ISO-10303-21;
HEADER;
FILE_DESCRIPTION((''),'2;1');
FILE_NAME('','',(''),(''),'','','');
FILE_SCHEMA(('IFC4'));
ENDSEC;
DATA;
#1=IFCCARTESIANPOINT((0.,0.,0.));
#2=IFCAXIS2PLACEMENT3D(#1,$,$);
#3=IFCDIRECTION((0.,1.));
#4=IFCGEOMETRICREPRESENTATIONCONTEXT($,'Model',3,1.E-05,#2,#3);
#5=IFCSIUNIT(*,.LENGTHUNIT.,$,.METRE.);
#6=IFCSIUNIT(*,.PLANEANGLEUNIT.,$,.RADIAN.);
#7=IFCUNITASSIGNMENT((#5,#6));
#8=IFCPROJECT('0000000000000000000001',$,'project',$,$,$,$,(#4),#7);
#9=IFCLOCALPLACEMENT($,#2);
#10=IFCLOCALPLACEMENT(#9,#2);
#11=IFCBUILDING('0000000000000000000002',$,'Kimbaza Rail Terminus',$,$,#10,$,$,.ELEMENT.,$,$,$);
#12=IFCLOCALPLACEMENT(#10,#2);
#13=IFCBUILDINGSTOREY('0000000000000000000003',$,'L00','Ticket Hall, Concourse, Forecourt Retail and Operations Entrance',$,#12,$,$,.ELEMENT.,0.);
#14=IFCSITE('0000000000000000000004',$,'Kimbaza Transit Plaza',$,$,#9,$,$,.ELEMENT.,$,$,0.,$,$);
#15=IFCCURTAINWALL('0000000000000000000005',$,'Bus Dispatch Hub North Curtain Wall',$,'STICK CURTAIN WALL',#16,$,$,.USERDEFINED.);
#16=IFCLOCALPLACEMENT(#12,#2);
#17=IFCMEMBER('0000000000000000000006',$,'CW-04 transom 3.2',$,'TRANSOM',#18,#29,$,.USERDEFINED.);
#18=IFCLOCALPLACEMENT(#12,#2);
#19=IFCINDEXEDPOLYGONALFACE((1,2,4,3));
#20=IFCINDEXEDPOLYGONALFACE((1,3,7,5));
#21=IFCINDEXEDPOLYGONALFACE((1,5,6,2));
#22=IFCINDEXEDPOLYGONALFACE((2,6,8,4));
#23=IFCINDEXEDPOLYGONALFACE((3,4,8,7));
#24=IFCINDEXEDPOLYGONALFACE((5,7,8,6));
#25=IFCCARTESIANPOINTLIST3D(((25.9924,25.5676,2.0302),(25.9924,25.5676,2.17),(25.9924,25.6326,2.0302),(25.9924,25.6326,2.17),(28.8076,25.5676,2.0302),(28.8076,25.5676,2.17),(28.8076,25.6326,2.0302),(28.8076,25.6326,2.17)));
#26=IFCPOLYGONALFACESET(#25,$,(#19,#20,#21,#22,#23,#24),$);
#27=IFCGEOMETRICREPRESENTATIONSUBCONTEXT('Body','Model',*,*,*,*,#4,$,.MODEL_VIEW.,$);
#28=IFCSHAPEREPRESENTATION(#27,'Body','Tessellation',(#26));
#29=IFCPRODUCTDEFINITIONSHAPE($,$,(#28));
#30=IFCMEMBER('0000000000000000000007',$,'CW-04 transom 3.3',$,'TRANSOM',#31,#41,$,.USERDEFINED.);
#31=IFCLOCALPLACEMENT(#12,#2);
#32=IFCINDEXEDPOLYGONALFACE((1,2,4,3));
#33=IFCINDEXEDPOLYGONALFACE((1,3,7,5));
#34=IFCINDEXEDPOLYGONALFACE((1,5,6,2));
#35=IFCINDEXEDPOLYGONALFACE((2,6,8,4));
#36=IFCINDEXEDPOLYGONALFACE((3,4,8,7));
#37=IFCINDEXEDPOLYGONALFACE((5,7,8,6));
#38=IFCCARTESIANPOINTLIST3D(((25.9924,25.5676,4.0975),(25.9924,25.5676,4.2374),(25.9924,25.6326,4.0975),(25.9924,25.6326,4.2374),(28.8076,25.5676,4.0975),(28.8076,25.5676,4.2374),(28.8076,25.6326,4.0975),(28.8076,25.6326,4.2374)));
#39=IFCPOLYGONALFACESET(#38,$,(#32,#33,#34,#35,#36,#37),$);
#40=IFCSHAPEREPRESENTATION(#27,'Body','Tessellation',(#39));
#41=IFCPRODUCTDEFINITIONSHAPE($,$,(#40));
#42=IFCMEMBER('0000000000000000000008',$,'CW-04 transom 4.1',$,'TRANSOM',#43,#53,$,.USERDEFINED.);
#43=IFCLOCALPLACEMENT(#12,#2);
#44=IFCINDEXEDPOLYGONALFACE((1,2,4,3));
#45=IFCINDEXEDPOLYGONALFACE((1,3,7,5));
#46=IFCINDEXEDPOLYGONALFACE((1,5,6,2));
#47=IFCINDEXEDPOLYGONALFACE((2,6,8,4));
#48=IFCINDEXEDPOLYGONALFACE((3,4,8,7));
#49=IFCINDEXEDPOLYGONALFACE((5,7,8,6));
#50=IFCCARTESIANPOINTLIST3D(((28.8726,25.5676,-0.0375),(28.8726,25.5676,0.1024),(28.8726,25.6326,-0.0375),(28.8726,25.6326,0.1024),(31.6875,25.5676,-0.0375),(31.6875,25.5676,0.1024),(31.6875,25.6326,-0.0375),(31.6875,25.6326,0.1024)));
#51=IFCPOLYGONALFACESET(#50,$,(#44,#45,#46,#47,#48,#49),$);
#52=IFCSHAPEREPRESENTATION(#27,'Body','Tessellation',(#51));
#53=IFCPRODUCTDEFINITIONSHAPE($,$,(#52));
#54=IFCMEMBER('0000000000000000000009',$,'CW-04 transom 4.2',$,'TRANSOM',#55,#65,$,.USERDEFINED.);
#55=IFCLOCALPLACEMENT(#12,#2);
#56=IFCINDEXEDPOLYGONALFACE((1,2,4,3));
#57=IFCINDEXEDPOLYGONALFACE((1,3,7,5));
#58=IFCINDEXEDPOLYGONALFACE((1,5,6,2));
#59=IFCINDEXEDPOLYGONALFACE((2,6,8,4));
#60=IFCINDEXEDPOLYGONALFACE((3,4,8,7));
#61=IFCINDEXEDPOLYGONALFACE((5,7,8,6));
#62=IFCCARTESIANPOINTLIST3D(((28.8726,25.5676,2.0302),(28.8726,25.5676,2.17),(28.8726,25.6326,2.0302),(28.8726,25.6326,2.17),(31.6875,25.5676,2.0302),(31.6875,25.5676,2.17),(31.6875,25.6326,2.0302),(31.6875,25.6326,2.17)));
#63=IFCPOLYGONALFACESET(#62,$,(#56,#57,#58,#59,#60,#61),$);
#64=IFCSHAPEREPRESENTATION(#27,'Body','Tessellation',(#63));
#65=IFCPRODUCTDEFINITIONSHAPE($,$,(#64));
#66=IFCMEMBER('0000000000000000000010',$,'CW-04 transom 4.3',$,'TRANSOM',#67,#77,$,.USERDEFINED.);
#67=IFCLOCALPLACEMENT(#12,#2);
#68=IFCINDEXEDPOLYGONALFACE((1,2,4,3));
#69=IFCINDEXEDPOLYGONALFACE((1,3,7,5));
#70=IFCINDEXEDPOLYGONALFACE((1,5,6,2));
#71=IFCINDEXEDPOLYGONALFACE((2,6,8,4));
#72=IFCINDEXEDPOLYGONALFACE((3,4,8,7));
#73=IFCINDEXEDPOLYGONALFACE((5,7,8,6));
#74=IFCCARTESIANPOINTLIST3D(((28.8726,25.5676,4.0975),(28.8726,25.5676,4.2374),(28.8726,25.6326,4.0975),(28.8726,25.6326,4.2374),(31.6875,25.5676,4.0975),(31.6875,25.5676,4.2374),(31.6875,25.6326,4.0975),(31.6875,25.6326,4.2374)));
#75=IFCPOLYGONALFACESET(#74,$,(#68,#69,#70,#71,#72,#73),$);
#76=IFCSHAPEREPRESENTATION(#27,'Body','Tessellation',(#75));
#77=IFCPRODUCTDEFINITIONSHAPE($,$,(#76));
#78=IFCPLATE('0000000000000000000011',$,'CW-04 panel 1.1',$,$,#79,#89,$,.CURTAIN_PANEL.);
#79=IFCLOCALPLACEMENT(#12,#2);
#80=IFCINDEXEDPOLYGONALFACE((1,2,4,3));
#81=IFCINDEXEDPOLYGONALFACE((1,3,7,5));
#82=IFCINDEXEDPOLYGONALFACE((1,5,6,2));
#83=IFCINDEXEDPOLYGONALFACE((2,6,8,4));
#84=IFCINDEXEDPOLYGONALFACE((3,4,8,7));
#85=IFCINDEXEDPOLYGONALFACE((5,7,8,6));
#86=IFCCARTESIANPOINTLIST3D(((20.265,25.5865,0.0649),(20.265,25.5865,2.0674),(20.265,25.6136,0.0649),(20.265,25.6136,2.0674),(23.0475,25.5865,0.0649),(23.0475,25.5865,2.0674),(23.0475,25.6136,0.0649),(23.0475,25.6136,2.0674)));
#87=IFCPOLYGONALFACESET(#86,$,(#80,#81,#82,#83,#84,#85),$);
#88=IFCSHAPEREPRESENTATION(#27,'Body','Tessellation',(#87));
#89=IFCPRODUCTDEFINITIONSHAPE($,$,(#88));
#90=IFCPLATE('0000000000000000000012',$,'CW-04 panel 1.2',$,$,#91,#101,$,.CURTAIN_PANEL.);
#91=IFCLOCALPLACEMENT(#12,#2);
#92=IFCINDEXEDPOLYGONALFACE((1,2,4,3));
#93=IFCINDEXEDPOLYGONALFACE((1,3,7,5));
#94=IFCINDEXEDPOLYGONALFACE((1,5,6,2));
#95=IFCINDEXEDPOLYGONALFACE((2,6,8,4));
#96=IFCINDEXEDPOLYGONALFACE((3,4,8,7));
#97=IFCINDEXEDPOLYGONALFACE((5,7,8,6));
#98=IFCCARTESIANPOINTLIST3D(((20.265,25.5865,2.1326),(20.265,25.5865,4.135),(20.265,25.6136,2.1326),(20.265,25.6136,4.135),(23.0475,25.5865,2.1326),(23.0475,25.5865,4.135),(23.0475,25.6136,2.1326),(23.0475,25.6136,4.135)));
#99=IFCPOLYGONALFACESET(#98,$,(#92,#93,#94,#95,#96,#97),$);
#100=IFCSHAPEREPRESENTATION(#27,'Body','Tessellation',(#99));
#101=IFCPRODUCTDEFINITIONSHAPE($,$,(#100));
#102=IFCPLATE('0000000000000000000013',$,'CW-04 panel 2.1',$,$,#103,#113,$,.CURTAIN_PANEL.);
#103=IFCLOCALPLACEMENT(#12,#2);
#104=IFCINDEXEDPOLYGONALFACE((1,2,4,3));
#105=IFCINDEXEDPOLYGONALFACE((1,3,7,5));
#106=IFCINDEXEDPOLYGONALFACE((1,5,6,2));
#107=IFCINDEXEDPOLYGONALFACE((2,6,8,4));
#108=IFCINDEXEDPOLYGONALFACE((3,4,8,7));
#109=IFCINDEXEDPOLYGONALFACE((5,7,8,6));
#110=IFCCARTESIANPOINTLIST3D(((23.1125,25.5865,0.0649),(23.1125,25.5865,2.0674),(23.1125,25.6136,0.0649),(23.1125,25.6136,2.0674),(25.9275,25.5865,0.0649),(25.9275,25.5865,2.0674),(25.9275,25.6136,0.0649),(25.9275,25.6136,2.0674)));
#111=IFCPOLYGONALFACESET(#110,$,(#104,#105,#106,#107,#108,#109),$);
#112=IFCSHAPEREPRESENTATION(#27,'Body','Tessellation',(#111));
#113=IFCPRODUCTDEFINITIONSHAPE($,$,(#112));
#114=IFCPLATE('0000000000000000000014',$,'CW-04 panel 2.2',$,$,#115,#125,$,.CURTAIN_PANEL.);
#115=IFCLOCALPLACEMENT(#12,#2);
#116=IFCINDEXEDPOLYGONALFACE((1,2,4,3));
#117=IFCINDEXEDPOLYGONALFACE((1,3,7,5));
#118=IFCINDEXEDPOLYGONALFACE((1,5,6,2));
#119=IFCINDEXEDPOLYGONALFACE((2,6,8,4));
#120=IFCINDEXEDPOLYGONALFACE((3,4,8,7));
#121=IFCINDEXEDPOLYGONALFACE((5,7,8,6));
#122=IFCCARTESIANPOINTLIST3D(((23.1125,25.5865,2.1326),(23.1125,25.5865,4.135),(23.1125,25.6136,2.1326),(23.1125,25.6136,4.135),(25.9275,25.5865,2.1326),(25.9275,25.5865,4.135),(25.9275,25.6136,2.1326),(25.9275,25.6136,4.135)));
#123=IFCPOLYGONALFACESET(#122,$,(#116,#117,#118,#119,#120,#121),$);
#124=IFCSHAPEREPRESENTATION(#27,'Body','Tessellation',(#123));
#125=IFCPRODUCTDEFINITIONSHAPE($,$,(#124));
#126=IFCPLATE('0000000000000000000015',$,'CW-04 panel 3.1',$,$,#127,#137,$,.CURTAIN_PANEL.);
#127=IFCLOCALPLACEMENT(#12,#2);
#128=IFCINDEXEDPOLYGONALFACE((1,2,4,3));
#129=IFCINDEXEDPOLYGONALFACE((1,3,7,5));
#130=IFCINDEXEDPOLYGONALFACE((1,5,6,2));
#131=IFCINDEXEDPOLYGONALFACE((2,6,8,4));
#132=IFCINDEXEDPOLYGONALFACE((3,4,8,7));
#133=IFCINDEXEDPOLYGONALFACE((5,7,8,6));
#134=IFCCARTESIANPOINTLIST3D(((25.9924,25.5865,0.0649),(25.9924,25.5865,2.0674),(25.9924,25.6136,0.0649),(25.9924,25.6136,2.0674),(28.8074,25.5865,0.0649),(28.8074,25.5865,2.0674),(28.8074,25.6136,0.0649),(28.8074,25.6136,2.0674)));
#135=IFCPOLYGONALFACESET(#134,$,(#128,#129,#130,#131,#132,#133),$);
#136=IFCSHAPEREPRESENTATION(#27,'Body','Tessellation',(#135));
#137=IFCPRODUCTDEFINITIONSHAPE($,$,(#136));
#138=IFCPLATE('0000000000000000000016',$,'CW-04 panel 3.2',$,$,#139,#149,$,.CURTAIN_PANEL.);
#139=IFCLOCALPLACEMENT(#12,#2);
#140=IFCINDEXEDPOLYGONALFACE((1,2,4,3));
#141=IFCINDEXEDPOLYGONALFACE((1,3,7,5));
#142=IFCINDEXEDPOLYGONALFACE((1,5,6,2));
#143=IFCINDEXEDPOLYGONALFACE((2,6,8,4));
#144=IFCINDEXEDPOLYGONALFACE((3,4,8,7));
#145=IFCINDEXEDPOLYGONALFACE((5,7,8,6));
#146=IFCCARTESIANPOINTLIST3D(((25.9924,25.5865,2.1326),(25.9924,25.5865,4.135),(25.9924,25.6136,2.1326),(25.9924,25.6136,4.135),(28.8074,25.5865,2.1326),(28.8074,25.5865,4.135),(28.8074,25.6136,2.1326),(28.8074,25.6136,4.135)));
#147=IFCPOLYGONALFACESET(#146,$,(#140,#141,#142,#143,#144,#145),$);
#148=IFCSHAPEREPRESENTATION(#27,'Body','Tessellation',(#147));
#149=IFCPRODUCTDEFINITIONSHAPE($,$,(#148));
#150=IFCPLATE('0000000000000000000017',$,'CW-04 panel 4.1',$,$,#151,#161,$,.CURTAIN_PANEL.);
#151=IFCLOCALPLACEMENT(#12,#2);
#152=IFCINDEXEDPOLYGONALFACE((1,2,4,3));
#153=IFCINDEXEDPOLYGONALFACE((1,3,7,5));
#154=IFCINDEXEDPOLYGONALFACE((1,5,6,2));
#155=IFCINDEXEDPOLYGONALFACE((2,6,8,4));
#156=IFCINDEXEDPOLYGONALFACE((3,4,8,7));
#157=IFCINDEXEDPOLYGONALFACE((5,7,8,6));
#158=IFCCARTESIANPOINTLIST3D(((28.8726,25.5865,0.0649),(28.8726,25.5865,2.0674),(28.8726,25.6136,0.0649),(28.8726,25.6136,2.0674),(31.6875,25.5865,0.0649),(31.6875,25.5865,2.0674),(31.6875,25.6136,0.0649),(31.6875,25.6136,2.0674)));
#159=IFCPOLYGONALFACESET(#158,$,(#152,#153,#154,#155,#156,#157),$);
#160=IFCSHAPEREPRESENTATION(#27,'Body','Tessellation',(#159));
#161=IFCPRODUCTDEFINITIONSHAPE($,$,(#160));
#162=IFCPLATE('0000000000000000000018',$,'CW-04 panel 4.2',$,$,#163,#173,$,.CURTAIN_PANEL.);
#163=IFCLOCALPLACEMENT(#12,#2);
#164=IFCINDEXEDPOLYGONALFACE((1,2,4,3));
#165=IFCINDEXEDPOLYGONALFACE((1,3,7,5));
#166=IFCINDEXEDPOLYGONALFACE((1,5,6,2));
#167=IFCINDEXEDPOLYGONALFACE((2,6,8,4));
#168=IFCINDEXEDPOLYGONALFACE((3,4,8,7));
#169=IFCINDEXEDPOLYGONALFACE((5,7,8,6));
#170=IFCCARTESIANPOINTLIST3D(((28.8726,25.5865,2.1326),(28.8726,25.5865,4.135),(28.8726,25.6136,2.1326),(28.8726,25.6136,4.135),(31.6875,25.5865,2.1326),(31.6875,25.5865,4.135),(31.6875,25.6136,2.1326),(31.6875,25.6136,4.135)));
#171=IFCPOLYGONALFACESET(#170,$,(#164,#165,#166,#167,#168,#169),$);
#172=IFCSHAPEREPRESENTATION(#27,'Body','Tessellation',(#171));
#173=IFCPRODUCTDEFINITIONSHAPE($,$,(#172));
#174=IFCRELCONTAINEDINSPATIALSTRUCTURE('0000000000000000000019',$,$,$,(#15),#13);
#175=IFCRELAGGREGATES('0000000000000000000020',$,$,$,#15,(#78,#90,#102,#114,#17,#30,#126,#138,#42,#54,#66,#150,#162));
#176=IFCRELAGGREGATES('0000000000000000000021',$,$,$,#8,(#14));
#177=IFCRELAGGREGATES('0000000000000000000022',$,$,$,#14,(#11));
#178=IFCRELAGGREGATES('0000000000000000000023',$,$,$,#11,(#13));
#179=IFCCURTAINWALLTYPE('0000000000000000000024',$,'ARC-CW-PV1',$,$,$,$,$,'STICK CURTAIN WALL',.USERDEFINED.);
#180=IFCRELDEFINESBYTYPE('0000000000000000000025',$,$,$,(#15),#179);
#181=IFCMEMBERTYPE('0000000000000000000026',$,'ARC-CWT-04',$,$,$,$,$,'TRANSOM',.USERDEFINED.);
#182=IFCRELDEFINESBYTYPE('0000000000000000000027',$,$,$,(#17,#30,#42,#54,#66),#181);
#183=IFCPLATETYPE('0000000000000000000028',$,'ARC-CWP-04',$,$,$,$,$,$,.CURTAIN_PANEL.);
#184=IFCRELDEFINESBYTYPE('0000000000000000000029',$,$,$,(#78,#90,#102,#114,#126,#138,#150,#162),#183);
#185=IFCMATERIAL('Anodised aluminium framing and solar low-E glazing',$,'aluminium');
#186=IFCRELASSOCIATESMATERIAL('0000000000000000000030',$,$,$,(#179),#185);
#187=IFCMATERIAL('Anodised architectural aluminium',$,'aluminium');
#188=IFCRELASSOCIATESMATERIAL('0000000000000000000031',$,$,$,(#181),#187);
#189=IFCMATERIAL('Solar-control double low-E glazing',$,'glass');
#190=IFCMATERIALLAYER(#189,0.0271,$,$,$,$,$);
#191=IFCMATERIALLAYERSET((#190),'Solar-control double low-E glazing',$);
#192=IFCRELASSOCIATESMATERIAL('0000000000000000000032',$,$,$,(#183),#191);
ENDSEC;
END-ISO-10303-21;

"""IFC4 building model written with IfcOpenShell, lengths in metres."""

from ifc_helpers import new_model, si_unit, direction, frame, origin, origin_2d, place, context, subcontext, project, spatial, rectangle, extrude, material, layer, layer_set, material_profile, profile_set, type_object, element, aggregate, save


model = new_model("IFC4")

# Units and contexts
model_context = context("Model", 3, precision=1e-05, world=origin(), true_north=direction((0.0, 1.0)))
body_context = subcontext(model_context, "Body", "Model", "MODEL_VIEW")
ifc_project = project(units=[si_unit("LENGTHUNIT", "METRE"), si_unit("PLANEANGLEUNIT", "RADIAN")], contexts=[model_context])

# Site, building, storey
site_placement = place(None, origin())
site = spatial("IfcSite", under=ifc_project, at=site_placement, Name="Kimbaza Transit Plaza", CompositionType="ELEMENT", RefElevation=0.0)
building_placement = place(site_placement, origin())
building = spatial("IfcBuilding", under=site, at=building_placement, Name="Kimbaza Rail Terminus", CompositionType="ELEMENT")
storey_placement = place(building_placement, origin())
storey = spatial("IfcBuildingStorey", under=building, at=storey_placement, Name="L00", Description="Ticket Hall, Concourse, Forecourt Retail and Operations Entrance", CompositionType="ELEMENT", Elevation=0.0)

# Curtain wall, members, plates
ifc_material_1 = material(Name="Anodised aluminium framing and solar low-E glazing", Category="aluminium")
curtain_wall_type = type_object("IfcCurtainWallType", Name="ARC-CW-PV1", ElementType="STICK CURTAIN WALL", PredefinedType="USERDEFINED", material=ifc_material_1)
curtain_wall_placement = place(storey_placement, origin())
curtain_wall = element("IfcCurtainWall", 1, at=curtain_wall_placement, inside=storey, type_object=curtain_wall_type, Name="Bus Dispatch Hub North Curtain Wall", ObjectType="STICK CURTAIN WALL", PredefinedType="USERDEFINED")
ifc_material_2 = material(Name="Anodised architectural aluminium", Category="aluminium")
ifc_material_profile_1 = material_profile(ifc_material_2, rectangle(XDim=0.0649, YDim=0.1399, at=origin_2d()), Name="TRANSOM 65x140")
ifc_profile_set_1 = profile_set([ifc_material_profile_1], Name="Anodised architectural aluminium")
member_type_1 = type_object("IfcMemberType", Name="ARC-CWT-04", ElementType="TRANSOM", PredefinedType="USERDEFINED", material=ifc_profile_set_1)
member_1_placement = place(storey_placement, frame((25.9924, 25.6001, 2.1001), z_axis=(1.0, 0.0, 0.0), x_axis=(0.0, 1.0, 0.0)))
member_1 = element("IfcMember", 2, at=member_1_placement, type_object=member_type_1, Name="CW-04 transom 3.2", ObjectType="TRANSOM", PredefinedType="USERDEFINED", context=body_context, shape_type="SweptSolid", body=[
    extrude(rectangle(XDim=0.0649, YDim=0.1399, at=origin_2d()), origin(), (0.0, 0.0, 1.0), 2.8152),
])
member_2_placement = place(storey_placement, frame((25.9924, 25.6001, 4.1675), z_axis=(1.0, 0.0, 0.0), x_axis=(0.0, 1.0, 0.0)))
member_2 = element("IfcMember", 3, at=member_2_placement, type_object=member_type_1, Name="CW-04 transom 3.3", ObjectType="TRANSOM", PredefinedType="USERDEFINED", context=body_context, shape_type="SweptSolid", body=[
    extrude(rectangle(XDim=0.0649, YDim=0.1399, at=origin_2d()), origin(), (0.0, 0.0, 1.0), 2.8152),
])
member_3_placement = place(storey_placement, frame((28.8726, 25.6001, 0.0325), z_axis=(1.0, 0.0, 0.0), x_axis=(0.0, 1.0, 0.0)))
member_3 = element("IfcMember", 4, at=member_3_placement, type_object=member_type_1, Name="CW-04 transom 4.1", ObjectType="TRANSOM", PredefinedType="USERDEFINED", context=body_context, shape_type="SweptSolid", body=[
    extrude(rectangle(XDim=0.0649, YDim=0.1399, at=origin_2d()), origin(), (0.0, 0.0, 1.0), 2.8149),
])
member_4_placement = place(storey_placement, frame((28.8726, 25.6001, 2.1001), z_axis=(1.0, 0.0, 0.0), x_axis=(0.0, 1.0, 0.0)))
member_4 = element("IfcMember", 5, at=member_4_placement, type_object=member_type_1, Name="CW-04 transom 4.2", ObjectType="TRANSOM", PredefinedType="USERDEFINED", context=body_context, shape_type="SweptSolid", body=[
    extrude(rectangle(XDim=0.0649, YDim=0.1399, at=origin_2d()), origin(), (0.0, 0.0, 1.0), 2.8149),
])
member_5_placement = place(storey_placement, frame((28.8726, 25.6001, 4.1675), z_axis=(1.0, 0.0, 0.0), x_axis=(0.0, 1.0, 0.0)))
member_5 = element("IfcMember", 6, at=member_5_placement, type_object=member_type_1, Name="CW-04 transom 4.3", ObjectType="TRANSOM", PredefinedType="USERDEFINED", context=body_context, shape_type="SweptSolid", body=[
    extrude(rectangle(XDim=0.0649, YDim=0.1399, at=origin_2d()), origin(), (0.0, 0.0, 1.0), 2.8149),
])
ifc_material_3 = material(Name="Solar-control double low-E glazing", Category="glass")
ifc_layer_1 = layer(ifc_material_3, 0.0271)
ifc_layer_set_1 = layer_set([ifc_layer_1], Name="Solar-control double low-E glazing")
plate_type = type_object("IfcPlateType", Name="ARC-CWP-04", PredefinedType="CURTAIN_PANEL", material=ifc_layer_set_1)
plate_1_placement = place(storey_placement, frame((21.6562, 25.6001, 0.0649), z_axis=(0.0, 0.0, 1.0), x_axis=(1.0, 0.0, 0.0)))
plate_1 = element("IfcPlate", 7, at=plate_1_placement, type_object=plate_type, Name="CW-04 panel 1.1", PredefinedType="CURTAIN_PANEL", context=body_context, shape_type="SweptSolid", body=[
    extrude(rectangle(XDim=2.7825, YDim=0.0271, at=origin_2d()), origin(), (0.0, 0.0, 1.0), 2.0024),
])
plate_2_placement = place(storey_placement, frame((21.6562, 25.6001, 2.1326), z_axis=(0.0, 0.0, 1.0), x_axis=(1.0, 0.0, 0.0)))
plate_2 = element("IfcPlate", 8, at=plate_2_placement, type_object=plate_type, Name="CW-04 panel 1.2", PredefinedType="CURTAIN_PANEL", context=body_context, shape_type="SweptSolid", body=[
    extrude(rectangle(XDim=2.7825, YDim=0.0271, at=origin_2d()), origin(), (0.0, 0.0, 1.0), 2.0024),
])
plate_3_placement = place(storey_placement, frame((24.52, 25.6001, 0.0649), z_axis=(0.0, 0.0, 1.0), x_axis=(1.0, 0.0, 0.0)))
plate_3 = element("IfcPlate", 9, at=plate_3_placement, type_object=plate_type, Name="CW-04 panel 2.1", PredefinedType="CURTAIN_PANEL", context=body_context, shape_type="SweptSolid", body=[
    extrude(rectangle(XDim=2.8149, YDim=0.0271, at=origin_2d()), origin(), (0.0, 0.0, 1.0), 2.0024),
])
plate_4_placement = place(storey_placement, frame((24.52, 25.6001, 2.1326), z_axis=(0.0, 0.0, 1.0), x_axis=(1.0, 0.0, 0.0)))
plate_4 = element("IfcPlate", 10, at=plate_4_placement, type_object=plate_type, Name="CW-04 panel 2.2", PredefinedType="CURTAIN_PANEL", context=body_context, shape_type="SweptSolid", body=[
    extrude(rectangle(XDim=2.8149, YDim=0.0271, at=origin_2d()), origin(), (0.0, 0.0, 1.0), 2.0024),
])
plate_5_placement = place(storey_placement, frame((27.3999, 25.6001, 0.0649), z_axis=(0.0, 0.0, 1.0), x_axis=(1.0, 0.0, 0.0)))
plate_5 = element("IfcPlate", 11, at=plate_5_placement, type_object=plate_type, Name="CW-04 panel 3.1", PredefinedType="CURTAIN_PANEL", context=body_context, shape_type="SweptSolid", body=[
    extrude(rectangle(XDim=2.8149, YDim=0.0271, at=origin_2d()), origin(), (0.0, 0.0, 1.0), 2.0024),
])
plate_6_placement = place(storey_placement, frame((27.3999, 25.6001, 2.1326), z_axis=(0.0, 0.0, 1.0), x_axis=(1.0, 0.0, 0.0)))
plate_6 = element("IfcPlate", 12, at=plate_6_placement, type_object=plate_type, Name="CW-04 panel 3.2", PredefinedType="CURTAIN_PANEL", context=body_context, shape_type="SweptSolid", body=[
    extrude(rectangle(XDim=2.8149, YDim=0.0271, at=origin_2d()), origin(), (0.0, 0.0, 1.0), 2.0024),
])
plate_7_placement = place(storey_placement, frame((30.28, 25.6001, 0.0649), z_axis=(0.0, 0.0, 1.0), x_axis=(1.0, 0.0, 0.0)))
plate_7 = element("IfcPlate", 13, at=plate_7_placement, type_object=plate_type, Name="CW-04 panel 4.1", PredefinedType="CURTAIN_PANEL", context=body_context, shape_type="SweptSolid", body=[
    extrude(rectangle(XDim=2.8149, YDim=0.0271, at=origin_2d()), origin(), (0.0, 0.0, 1.0), 2.0024),
])
plate_8_placement = place(storey_placement, frame((30.28, 25.6001, 2.1326), z_axis=(0.0, 0.0, 1.0), x_axis=(1.0, 0.0, 0.0)))
plate_8 = element("IfcPlate", 14, at=plate_8_placement, type_object=plate_type, Name="CW-04 panel 4.2", PredefinedType="CURTAIN_PANEL", context=body_context, shape_type="SweptSolid", body=[
    extrude(rectangle(XDim=2.8149, YDim=0.0271, at=origin_2d()), origin(), (0.0, 0.0, 1.0), 2.0024),
])
aggregate(curtain_wall, [plate_1, plate_2, plate_3, plate_4, member_1, member_2, plate_5, plate_6, member_3, member_4, member_5, plate_7, plate_8])

save(model, "model.ifc")
